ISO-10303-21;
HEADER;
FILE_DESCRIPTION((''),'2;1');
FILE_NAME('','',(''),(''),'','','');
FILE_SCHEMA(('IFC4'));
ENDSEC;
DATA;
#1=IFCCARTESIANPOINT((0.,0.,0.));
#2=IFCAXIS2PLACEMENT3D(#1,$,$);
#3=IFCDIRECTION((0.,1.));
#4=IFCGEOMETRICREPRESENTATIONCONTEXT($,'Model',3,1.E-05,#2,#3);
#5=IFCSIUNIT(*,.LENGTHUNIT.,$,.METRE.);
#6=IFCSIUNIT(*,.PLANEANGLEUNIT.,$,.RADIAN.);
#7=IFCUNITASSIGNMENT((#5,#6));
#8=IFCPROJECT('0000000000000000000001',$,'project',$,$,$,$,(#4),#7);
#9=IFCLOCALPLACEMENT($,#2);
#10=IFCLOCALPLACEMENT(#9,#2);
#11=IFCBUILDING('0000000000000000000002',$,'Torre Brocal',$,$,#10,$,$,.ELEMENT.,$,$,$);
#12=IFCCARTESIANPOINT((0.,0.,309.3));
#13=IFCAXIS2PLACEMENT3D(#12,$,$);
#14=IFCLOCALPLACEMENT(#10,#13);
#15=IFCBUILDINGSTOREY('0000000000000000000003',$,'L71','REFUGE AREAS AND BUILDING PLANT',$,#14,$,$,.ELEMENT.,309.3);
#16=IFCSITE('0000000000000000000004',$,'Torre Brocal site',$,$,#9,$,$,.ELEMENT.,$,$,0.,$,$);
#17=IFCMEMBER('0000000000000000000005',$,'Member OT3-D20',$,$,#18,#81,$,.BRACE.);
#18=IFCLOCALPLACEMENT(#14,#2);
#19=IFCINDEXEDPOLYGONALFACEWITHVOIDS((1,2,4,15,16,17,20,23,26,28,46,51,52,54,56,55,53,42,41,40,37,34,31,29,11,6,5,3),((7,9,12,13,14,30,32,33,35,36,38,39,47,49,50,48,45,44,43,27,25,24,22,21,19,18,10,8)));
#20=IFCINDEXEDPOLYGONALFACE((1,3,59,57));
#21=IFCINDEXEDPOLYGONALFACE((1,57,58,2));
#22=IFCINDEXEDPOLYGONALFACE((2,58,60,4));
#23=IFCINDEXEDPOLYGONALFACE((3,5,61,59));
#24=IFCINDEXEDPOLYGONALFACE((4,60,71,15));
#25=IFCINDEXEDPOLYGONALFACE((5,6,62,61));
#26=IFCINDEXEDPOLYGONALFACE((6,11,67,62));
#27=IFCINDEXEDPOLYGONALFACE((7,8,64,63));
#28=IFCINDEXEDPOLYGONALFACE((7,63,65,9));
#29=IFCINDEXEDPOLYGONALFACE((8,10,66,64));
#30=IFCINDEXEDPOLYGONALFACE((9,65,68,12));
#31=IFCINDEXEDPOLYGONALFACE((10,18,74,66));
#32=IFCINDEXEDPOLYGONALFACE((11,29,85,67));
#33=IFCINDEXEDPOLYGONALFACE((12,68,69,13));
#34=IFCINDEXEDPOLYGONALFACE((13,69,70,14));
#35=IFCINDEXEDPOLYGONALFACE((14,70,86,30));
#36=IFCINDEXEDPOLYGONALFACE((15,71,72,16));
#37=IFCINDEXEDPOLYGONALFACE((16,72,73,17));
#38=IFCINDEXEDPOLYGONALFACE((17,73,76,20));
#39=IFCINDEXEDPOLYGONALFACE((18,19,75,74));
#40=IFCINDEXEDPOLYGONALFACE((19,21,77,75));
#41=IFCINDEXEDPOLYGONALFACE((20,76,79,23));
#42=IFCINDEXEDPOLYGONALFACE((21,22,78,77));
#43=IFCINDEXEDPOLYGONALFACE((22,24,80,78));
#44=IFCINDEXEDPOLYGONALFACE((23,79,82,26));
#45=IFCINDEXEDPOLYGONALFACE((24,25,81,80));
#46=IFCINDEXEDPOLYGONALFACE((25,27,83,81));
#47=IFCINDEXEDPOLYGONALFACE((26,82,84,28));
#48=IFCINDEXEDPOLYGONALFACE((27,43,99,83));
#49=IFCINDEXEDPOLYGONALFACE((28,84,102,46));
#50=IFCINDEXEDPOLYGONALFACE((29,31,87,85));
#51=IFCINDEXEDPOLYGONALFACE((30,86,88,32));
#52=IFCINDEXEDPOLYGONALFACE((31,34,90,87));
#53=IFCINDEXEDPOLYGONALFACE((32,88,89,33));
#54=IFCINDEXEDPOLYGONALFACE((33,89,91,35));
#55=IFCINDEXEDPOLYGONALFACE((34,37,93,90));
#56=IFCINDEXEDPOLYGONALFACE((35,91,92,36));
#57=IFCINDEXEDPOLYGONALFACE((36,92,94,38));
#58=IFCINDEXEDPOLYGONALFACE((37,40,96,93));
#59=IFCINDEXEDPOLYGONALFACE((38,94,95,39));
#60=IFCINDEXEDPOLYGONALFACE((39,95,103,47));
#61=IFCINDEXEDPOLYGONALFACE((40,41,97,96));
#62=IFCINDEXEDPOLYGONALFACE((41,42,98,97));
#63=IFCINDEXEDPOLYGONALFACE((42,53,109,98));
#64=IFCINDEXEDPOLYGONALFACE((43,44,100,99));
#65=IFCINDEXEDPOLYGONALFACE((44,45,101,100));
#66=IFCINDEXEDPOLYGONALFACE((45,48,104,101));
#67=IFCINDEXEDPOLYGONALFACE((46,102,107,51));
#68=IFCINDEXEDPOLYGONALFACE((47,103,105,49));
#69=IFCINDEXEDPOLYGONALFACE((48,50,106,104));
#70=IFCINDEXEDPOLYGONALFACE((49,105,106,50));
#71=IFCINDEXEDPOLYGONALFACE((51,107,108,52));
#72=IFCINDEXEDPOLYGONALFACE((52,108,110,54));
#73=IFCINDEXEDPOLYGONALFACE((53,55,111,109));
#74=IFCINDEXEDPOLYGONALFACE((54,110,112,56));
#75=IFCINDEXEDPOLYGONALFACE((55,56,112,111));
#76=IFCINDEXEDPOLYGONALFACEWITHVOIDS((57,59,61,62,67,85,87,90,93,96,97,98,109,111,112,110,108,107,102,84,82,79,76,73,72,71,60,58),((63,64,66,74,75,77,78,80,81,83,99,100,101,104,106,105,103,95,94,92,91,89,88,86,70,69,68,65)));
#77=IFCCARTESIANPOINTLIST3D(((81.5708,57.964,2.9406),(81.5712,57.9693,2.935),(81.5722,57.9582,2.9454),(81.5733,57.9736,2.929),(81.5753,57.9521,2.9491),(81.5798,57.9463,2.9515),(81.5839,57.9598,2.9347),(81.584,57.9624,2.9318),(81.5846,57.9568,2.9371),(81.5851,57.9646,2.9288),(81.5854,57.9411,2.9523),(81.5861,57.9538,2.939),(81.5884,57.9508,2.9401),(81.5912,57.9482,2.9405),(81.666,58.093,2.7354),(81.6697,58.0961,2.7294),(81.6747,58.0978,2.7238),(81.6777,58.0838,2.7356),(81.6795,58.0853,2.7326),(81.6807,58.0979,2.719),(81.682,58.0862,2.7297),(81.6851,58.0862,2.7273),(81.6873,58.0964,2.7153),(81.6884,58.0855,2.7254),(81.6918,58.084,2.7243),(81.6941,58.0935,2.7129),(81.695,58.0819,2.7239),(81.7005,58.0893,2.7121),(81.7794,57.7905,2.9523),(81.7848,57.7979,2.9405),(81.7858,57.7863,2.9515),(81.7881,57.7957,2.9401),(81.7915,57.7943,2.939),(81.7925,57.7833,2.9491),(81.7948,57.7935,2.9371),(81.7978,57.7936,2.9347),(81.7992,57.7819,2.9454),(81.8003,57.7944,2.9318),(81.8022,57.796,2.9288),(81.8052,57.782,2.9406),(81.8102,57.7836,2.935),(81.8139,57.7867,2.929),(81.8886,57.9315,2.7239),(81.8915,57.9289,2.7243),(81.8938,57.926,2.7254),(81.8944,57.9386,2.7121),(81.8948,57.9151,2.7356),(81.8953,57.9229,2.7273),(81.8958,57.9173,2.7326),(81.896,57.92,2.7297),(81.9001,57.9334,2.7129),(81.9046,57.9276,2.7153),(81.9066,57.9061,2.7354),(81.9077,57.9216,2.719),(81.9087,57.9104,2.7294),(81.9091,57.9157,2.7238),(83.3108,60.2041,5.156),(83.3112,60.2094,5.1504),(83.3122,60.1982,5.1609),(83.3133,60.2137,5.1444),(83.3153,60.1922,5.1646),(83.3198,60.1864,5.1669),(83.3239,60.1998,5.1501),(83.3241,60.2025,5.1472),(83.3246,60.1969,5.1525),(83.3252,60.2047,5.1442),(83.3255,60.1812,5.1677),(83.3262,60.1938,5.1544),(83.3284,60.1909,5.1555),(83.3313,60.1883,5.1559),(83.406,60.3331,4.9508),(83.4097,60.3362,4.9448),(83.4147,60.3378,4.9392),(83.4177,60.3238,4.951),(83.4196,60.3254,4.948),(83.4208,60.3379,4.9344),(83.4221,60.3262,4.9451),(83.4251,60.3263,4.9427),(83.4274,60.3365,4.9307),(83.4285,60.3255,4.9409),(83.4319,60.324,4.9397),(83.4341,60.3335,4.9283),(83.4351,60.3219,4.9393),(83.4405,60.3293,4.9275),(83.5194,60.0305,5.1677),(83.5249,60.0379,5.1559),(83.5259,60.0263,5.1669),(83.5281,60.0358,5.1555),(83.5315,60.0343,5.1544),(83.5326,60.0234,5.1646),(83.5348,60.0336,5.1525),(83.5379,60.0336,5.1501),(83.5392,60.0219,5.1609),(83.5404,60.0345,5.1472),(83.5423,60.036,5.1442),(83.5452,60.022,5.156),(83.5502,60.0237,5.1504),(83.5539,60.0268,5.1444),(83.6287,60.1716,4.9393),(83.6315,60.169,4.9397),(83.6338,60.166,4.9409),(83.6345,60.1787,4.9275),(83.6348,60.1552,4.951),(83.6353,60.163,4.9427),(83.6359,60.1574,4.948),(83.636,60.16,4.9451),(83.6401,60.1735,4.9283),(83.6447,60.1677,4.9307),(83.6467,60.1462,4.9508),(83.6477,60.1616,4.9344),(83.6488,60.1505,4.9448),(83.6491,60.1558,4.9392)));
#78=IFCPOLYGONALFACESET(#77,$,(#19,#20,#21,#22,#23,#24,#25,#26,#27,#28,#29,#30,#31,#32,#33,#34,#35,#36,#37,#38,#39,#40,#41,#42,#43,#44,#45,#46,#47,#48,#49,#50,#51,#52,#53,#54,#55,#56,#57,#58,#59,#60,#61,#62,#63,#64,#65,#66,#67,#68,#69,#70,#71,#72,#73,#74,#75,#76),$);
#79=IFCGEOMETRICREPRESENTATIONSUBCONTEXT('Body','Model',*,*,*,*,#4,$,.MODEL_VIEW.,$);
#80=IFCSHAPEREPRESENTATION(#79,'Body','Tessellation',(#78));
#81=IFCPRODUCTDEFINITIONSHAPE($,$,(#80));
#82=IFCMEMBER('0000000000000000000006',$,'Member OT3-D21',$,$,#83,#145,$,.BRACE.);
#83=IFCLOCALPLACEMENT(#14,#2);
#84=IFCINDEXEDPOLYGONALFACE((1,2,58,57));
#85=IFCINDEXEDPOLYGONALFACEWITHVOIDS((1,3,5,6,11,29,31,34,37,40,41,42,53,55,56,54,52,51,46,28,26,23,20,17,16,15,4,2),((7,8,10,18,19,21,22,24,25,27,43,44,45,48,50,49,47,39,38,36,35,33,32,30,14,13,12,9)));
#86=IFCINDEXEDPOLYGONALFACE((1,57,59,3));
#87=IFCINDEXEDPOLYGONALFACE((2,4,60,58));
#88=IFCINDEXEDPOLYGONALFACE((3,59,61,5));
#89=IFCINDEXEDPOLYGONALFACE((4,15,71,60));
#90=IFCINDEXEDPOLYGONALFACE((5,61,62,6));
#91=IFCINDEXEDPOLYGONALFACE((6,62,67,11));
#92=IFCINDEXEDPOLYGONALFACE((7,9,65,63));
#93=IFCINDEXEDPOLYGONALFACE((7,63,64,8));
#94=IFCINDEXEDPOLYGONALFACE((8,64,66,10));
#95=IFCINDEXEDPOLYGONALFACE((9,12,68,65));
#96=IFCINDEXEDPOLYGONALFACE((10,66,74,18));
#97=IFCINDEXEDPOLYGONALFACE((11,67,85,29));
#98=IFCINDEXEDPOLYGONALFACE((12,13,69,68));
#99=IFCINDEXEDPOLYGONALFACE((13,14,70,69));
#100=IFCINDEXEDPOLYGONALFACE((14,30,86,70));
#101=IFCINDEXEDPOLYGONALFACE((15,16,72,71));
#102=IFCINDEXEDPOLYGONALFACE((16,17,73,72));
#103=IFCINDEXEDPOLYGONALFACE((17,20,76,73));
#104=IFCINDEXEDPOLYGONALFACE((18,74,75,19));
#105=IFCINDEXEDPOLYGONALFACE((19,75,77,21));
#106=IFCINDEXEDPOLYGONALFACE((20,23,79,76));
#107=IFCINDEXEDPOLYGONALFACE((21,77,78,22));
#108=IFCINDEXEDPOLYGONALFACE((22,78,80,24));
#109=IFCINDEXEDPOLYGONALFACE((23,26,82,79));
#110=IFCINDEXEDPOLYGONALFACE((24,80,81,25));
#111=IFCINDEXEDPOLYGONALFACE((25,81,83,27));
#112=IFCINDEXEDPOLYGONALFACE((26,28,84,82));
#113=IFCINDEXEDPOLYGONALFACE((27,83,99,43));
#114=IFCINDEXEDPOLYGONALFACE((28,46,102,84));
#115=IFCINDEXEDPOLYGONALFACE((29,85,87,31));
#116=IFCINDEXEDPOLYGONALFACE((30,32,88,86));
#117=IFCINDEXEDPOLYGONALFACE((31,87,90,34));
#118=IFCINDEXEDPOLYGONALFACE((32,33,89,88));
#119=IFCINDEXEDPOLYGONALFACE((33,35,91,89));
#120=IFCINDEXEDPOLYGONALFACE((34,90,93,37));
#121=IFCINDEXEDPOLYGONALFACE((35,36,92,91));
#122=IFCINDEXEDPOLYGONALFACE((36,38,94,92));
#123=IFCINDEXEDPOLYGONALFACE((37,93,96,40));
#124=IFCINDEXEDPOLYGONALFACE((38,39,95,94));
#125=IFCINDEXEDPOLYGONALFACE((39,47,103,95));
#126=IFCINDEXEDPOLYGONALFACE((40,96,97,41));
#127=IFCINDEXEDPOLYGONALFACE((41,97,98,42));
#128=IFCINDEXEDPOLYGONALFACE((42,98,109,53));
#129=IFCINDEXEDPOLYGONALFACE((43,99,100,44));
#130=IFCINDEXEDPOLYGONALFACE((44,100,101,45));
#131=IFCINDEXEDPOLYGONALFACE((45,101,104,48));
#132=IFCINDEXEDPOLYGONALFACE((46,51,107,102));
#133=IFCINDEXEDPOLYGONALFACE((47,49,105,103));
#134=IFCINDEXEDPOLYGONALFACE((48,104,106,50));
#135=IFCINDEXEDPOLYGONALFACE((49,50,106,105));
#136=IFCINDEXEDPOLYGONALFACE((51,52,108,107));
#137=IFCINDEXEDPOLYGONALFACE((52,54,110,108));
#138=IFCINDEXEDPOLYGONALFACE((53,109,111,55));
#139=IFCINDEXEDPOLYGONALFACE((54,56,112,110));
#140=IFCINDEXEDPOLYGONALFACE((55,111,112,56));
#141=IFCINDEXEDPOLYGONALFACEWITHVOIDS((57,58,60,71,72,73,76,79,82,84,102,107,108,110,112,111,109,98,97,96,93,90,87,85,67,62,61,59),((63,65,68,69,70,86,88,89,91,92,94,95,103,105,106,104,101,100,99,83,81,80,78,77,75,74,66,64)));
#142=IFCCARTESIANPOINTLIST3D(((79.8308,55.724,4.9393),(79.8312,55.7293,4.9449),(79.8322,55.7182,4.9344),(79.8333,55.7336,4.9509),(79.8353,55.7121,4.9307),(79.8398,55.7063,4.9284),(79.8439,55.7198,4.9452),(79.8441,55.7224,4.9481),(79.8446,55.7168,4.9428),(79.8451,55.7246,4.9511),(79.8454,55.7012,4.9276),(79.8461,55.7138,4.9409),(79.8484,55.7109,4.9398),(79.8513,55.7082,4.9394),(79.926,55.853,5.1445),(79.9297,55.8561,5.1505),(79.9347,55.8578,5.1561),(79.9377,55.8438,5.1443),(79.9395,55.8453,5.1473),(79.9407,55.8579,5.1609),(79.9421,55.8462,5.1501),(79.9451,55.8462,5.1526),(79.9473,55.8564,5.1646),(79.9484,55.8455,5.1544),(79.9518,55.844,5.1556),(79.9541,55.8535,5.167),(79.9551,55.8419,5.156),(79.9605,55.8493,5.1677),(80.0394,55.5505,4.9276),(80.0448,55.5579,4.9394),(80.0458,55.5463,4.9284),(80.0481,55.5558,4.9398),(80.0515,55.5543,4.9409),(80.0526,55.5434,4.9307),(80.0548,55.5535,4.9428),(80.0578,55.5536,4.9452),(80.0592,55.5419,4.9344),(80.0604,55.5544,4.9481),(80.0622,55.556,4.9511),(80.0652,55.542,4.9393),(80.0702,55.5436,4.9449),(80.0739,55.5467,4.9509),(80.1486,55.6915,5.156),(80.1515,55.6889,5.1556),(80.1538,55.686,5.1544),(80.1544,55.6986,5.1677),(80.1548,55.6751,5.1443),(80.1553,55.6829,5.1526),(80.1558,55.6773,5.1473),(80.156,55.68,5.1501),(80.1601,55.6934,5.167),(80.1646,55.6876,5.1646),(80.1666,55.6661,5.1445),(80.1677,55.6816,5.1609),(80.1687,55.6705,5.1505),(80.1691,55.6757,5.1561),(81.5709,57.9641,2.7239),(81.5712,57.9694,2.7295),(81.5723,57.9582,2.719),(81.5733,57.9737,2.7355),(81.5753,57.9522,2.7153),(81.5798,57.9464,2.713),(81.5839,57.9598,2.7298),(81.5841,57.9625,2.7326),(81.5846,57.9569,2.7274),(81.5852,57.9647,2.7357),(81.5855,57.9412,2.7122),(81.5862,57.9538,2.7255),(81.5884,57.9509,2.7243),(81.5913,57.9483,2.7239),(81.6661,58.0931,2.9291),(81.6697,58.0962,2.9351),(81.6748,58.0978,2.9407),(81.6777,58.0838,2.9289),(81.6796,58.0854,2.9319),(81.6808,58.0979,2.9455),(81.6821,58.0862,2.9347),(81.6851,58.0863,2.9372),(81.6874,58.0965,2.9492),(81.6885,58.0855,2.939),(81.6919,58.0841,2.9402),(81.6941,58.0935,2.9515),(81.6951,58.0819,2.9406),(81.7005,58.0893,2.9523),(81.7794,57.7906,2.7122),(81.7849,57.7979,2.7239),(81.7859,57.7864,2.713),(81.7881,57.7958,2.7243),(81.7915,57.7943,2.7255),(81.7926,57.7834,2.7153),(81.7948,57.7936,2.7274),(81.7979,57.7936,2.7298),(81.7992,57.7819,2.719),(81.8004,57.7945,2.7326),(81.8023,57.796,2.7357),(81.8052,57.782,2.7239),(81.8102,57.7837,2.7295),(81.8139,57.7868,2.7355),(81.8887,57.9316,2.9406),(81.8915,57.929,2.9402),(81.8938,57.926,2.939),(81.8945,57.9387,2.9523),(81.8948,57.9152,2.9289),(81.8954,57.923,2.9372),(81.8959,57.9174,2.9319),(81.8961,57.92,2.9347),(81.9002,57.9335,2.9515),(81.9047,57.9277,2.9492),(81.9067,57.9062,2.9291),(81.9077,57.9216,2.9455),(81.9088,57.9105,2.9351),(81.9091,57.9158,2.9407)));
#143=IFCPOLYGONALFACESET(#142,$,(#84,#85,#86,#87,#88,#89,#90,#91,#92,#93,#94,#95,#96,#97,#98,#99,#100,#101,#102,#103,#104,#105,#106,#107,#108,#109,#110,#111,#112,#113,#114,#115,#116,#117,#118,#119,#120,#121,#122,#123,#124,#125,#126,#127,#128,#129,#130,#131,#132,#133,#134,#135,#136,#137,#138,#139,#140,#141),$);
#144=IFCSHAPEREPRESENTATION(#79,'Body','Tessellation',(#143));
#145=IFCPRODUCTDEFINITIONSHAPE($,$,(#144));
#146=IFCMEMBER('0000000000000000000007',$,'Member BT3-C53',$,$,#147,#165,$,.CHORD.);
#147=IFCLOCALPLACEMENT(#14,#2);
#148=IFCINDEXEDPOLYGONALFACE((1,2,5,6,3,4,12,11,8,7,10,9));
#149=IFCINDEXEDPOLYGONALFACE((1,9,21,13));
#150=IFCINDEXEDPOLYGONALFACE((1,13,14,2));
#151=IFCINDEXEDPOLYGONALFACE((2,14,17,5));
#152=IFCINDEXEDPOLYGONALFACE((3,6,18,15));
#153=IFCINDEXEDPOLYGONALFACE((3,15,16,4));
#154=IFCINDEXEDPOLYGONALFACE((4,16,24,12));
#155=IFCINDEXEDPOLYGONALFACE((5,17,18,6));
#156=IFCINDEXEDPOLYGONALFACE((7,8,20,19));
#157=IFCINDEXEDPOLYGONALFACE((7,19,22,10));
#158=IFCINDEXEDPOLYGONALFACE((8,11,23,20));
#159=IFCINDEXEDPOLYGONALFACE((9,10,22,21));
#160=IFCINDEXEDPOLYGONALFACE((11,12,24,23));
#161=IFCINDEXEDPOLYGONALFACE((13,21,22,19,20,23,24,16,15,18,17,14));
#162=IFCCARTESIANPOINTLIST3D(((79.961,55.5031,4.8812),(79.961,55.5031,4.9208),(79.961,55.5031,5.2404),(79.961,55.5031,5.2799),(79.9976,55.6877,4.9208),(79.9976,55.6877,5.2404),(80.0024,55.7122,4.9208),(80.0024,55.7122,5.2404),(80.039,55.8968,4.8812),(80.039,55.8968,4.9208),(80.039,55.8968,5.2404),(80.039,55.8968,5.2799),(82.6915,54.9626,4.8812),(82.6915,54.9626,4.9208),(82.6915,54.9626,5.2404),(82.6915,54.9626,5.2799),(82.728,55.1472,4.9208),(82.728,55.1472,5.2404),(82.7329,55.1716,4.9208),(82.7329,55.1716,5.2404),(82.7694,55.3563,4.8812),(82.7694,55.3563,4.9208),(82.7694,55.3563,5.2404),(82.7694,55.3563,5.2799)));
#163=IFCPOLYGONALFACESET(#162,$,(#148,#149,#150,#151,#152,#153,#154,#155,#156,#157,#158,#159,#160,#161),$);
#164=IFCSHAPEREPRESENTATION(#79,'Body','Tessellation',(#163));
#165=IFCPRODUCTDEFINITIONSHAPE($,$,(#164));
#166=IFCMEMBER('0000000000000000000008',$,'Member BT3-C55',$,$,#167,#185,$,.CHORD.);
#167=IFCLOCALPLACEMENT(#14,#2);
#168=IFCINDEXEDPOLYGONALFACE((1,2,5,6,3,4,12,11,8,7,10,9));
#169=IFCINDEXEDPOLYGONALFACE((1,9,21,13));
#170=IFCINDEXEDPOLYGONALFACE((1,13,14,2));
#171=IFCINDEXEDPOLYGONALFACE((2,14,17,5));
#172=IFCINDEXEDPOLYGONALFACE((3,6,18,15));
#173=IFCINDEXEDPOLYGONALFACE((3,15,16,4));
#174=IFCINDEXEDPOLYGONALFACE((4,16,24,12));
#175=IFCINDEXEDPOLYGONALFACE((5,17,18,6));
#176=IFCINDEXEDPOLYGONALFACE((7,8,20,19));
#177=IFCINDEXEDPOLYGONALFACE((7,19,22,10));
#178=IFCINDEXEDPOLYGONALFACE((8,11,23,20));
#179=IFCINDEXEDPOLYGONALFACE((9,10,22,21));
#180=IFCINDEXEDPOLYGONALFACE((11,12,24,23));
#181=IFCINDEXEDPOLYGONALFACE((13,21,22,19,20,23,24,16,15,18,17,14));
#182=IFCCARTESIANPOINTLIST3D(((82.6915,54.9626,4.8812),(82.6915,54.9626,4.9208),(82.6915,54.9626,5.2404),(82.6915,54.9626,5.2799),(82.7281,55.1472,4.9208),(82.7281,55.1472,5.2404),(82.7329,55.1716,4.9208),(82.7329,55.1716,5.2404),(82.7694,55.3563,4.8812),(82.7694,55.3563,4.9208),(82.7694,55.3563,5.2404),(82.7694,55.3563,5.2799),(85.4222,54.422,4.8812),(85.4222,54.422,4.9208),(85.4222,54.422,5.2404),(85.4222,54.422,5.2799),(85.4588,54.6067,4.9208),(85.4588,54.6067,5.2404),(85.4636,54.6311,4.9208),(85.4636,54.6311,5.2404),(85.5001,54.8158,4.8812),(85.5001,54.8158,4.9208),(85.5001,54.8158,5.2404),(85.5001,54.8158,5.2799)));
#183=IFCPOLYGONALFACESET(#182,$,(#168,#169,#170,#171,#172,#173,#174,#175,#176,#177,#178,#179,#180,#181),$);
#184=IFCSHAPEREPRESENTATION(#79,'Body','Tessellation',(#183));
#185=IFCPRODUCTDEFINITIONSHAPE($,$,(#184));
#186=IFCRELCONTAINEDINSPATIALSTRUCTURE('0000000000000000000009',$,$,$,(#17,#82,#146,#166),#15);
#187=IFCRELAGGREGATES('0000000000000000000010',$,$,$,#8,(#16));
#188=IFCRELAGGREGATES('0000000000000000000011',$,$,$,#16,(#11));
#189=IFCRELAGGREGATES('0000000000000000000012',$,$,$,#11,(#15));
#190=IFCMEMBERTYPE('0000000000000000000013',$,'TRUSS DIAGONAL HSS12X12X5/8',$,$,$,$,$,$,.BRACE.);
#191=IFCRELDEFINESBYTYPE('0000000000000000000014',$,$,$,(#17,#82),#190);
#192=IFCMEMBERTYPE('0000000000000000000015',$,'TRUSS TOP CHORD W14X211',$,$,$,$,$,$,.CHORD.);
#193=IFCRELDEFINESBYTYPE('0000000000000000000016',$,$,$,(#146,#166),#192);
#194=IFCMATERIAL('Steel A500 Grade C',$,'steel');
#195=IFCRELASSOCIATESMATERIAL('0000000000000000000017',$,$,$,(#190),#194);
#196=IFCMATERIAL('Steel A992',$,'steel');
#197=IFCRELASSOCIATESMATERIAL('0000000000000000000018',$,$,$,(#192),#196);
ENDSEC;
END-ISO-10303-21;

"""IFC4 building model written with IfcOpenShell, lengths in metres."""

from ifc_helpers import new_model, si_unit, direction, frame, origin, origin_2d, place, context, subcontext, project, spatial, hollow_rectangle, i_section, extrude, material, material_profile, profile_set, type_object, element, save


model = new_model("IFC4")

# Units and contexts
model_context = context("Model", 3, precision=1e-05, world=origin(), true_north=direction((0.0, 1.0)))
body_context = subcontext(model_context, "Body", "Model", "MODEL_VIEW")
ifc_project = project(units=[si_unit("LENGTHUNIT", "METRE"), si_unit("PLANEANGLEUNIT", "RADIAN")], contexts=[model_context])

# Site, building, storey
site_placement = place(None, origin())
site = spatial("IfcSite", under=ifc_project, at=site_placement, Name="Torre Brocal site", CompositionType="ELEMENT", RefElevation=0.0)
building_placement = place(site_placement, origin())
building = spatial("IfcBuilding", under=site, at=building_placement, Name="Torre Brocal", CompositionType="ELEMENT")
storey_placement = place(building_placement, frame((0.0, 0.0, 309.3)))
storey = spatial("IfcBuildingStorey", under=building, at=storey_placement, Name="L71", Description="REFUGE AREAS AND BUILDING PLANT", CompositionType="ELEMENT", Elevation=309.3)

# Members
ifc_material_1 = material(Name="Steel A500 Grade C", Category="steel")
ifc_material_profile_1 = material_profile(ifc_material_1, hollow_rectangle(XDim=0.3047, YDim=0.3047, WallThickness=0.0149, InnerFilletRadius=0.0149, OuterFilletRadius=0.0295, at=origin_2d()), Name="HSS12X12X5/8")
ifc_profile_set_1 = profile_set([ifc_material_profile_1], Name="Steel A500 Grade C")
member_type_1 = type_object("IfcMemberType", Name="TRUSS DIAGONAL HSS12X12X5/8", PredefinedType="BRACE", material=ifc_profile_set_1)
for number, where, z_axis, x_axis, name in (
    (1, (83.48, 60.1799, 5.0476), (-0.483465, -0.622392, -0.615541), (0.789732, -0.613452, 0.0), "Member OT3-D20"),
    (2, (81.74, 57.9399, 2.8323), (-0.483465, -0.622392, 0.615541), (0.789732, -0.613452, 0.0), "Member OT3-D21"),
):
    element("IfcMember", number, at=place(storey_placement, frame(where, z_axis=z_axis, x_axis=x_axis)), inside=storey, type_object=member_type_1, Name=name, PredefinedType="BRACE", context=body_context, shape_type="SweptSolid", body=[
        extrude(hollow_rectangle(XDim=0.3047, YDim=0.3047, WallThickness=0.0149, InnerFilletRadius=0.0149, OuterFilletRadius=0.0295, at=origin_2d()), origin(), (0.0, 0.0, 1.0), 3.5991),
    ])
ifc_material_2 = material(Name="Steel A992", Category="steel")
ifc_material_profile_2 = material_profile(ifc_material_2, i_section(OverallWidth=0.4014, OverallDepth=0.3987, WebThickness=0.0249, FlangeThickness=0.0396, at=origin_2d()), Name="W14X211")
ifc_profile_set_2 = profile_set([ifc_material_profile_2], Name="Steel A992")
member_type_2 = type_object("IfcMemberType", Name="TRUSS TOP CHORD W14X211", PredefinedType="CHORD", material=ifc_profile_set_2)
member_1_placement = place(storey_placement, frame((80.0, 55.7, 5.0806), z_axis=(0.980963, -0.194193, 0.0), x_axis=(0.194193, 0.980963, 0.0)))
element("IfcMember", 3, at=member_1_placement, inside=storey, type_object=member_type_2, Name="Member BT3-C53", PredefinedType="CHORD", context=body_context, shape_type="SweptSolid", body=[
    extrude(i_section(OverallWidth=0.4014, OverallDepth=0.3987, WebThickness=0.0249, FlangeThickness=0.0396, at=origin_2d()), origin(), (0.0, 0.0, 1.0), 2.7834),
])
member_2_placement = place(storey_placement, frame((82.7305, 55.1594, 5.0806), z_axis=(0.980967, -0.194176, 0.0), x_axis=(0.194176, 0.980967, 0.0)))
element("IfcMember", 4, at=member_2_placement, inside=storey, type_object=member_type_2, Name="Member BT3-C55", PredefinedType="CHORD", context=body_context, shape_type="SweptSolid", body=[
    extrude(i_section(OverallWidth=0.4014, OverallDepth=0.3987, WebThickness=0.0249, FlangeThickness=0.0396, at=origin_2d()), origin(), (0.0, 0.0, 1.0), 2.7837),
])

save(model, "model.ifc")
